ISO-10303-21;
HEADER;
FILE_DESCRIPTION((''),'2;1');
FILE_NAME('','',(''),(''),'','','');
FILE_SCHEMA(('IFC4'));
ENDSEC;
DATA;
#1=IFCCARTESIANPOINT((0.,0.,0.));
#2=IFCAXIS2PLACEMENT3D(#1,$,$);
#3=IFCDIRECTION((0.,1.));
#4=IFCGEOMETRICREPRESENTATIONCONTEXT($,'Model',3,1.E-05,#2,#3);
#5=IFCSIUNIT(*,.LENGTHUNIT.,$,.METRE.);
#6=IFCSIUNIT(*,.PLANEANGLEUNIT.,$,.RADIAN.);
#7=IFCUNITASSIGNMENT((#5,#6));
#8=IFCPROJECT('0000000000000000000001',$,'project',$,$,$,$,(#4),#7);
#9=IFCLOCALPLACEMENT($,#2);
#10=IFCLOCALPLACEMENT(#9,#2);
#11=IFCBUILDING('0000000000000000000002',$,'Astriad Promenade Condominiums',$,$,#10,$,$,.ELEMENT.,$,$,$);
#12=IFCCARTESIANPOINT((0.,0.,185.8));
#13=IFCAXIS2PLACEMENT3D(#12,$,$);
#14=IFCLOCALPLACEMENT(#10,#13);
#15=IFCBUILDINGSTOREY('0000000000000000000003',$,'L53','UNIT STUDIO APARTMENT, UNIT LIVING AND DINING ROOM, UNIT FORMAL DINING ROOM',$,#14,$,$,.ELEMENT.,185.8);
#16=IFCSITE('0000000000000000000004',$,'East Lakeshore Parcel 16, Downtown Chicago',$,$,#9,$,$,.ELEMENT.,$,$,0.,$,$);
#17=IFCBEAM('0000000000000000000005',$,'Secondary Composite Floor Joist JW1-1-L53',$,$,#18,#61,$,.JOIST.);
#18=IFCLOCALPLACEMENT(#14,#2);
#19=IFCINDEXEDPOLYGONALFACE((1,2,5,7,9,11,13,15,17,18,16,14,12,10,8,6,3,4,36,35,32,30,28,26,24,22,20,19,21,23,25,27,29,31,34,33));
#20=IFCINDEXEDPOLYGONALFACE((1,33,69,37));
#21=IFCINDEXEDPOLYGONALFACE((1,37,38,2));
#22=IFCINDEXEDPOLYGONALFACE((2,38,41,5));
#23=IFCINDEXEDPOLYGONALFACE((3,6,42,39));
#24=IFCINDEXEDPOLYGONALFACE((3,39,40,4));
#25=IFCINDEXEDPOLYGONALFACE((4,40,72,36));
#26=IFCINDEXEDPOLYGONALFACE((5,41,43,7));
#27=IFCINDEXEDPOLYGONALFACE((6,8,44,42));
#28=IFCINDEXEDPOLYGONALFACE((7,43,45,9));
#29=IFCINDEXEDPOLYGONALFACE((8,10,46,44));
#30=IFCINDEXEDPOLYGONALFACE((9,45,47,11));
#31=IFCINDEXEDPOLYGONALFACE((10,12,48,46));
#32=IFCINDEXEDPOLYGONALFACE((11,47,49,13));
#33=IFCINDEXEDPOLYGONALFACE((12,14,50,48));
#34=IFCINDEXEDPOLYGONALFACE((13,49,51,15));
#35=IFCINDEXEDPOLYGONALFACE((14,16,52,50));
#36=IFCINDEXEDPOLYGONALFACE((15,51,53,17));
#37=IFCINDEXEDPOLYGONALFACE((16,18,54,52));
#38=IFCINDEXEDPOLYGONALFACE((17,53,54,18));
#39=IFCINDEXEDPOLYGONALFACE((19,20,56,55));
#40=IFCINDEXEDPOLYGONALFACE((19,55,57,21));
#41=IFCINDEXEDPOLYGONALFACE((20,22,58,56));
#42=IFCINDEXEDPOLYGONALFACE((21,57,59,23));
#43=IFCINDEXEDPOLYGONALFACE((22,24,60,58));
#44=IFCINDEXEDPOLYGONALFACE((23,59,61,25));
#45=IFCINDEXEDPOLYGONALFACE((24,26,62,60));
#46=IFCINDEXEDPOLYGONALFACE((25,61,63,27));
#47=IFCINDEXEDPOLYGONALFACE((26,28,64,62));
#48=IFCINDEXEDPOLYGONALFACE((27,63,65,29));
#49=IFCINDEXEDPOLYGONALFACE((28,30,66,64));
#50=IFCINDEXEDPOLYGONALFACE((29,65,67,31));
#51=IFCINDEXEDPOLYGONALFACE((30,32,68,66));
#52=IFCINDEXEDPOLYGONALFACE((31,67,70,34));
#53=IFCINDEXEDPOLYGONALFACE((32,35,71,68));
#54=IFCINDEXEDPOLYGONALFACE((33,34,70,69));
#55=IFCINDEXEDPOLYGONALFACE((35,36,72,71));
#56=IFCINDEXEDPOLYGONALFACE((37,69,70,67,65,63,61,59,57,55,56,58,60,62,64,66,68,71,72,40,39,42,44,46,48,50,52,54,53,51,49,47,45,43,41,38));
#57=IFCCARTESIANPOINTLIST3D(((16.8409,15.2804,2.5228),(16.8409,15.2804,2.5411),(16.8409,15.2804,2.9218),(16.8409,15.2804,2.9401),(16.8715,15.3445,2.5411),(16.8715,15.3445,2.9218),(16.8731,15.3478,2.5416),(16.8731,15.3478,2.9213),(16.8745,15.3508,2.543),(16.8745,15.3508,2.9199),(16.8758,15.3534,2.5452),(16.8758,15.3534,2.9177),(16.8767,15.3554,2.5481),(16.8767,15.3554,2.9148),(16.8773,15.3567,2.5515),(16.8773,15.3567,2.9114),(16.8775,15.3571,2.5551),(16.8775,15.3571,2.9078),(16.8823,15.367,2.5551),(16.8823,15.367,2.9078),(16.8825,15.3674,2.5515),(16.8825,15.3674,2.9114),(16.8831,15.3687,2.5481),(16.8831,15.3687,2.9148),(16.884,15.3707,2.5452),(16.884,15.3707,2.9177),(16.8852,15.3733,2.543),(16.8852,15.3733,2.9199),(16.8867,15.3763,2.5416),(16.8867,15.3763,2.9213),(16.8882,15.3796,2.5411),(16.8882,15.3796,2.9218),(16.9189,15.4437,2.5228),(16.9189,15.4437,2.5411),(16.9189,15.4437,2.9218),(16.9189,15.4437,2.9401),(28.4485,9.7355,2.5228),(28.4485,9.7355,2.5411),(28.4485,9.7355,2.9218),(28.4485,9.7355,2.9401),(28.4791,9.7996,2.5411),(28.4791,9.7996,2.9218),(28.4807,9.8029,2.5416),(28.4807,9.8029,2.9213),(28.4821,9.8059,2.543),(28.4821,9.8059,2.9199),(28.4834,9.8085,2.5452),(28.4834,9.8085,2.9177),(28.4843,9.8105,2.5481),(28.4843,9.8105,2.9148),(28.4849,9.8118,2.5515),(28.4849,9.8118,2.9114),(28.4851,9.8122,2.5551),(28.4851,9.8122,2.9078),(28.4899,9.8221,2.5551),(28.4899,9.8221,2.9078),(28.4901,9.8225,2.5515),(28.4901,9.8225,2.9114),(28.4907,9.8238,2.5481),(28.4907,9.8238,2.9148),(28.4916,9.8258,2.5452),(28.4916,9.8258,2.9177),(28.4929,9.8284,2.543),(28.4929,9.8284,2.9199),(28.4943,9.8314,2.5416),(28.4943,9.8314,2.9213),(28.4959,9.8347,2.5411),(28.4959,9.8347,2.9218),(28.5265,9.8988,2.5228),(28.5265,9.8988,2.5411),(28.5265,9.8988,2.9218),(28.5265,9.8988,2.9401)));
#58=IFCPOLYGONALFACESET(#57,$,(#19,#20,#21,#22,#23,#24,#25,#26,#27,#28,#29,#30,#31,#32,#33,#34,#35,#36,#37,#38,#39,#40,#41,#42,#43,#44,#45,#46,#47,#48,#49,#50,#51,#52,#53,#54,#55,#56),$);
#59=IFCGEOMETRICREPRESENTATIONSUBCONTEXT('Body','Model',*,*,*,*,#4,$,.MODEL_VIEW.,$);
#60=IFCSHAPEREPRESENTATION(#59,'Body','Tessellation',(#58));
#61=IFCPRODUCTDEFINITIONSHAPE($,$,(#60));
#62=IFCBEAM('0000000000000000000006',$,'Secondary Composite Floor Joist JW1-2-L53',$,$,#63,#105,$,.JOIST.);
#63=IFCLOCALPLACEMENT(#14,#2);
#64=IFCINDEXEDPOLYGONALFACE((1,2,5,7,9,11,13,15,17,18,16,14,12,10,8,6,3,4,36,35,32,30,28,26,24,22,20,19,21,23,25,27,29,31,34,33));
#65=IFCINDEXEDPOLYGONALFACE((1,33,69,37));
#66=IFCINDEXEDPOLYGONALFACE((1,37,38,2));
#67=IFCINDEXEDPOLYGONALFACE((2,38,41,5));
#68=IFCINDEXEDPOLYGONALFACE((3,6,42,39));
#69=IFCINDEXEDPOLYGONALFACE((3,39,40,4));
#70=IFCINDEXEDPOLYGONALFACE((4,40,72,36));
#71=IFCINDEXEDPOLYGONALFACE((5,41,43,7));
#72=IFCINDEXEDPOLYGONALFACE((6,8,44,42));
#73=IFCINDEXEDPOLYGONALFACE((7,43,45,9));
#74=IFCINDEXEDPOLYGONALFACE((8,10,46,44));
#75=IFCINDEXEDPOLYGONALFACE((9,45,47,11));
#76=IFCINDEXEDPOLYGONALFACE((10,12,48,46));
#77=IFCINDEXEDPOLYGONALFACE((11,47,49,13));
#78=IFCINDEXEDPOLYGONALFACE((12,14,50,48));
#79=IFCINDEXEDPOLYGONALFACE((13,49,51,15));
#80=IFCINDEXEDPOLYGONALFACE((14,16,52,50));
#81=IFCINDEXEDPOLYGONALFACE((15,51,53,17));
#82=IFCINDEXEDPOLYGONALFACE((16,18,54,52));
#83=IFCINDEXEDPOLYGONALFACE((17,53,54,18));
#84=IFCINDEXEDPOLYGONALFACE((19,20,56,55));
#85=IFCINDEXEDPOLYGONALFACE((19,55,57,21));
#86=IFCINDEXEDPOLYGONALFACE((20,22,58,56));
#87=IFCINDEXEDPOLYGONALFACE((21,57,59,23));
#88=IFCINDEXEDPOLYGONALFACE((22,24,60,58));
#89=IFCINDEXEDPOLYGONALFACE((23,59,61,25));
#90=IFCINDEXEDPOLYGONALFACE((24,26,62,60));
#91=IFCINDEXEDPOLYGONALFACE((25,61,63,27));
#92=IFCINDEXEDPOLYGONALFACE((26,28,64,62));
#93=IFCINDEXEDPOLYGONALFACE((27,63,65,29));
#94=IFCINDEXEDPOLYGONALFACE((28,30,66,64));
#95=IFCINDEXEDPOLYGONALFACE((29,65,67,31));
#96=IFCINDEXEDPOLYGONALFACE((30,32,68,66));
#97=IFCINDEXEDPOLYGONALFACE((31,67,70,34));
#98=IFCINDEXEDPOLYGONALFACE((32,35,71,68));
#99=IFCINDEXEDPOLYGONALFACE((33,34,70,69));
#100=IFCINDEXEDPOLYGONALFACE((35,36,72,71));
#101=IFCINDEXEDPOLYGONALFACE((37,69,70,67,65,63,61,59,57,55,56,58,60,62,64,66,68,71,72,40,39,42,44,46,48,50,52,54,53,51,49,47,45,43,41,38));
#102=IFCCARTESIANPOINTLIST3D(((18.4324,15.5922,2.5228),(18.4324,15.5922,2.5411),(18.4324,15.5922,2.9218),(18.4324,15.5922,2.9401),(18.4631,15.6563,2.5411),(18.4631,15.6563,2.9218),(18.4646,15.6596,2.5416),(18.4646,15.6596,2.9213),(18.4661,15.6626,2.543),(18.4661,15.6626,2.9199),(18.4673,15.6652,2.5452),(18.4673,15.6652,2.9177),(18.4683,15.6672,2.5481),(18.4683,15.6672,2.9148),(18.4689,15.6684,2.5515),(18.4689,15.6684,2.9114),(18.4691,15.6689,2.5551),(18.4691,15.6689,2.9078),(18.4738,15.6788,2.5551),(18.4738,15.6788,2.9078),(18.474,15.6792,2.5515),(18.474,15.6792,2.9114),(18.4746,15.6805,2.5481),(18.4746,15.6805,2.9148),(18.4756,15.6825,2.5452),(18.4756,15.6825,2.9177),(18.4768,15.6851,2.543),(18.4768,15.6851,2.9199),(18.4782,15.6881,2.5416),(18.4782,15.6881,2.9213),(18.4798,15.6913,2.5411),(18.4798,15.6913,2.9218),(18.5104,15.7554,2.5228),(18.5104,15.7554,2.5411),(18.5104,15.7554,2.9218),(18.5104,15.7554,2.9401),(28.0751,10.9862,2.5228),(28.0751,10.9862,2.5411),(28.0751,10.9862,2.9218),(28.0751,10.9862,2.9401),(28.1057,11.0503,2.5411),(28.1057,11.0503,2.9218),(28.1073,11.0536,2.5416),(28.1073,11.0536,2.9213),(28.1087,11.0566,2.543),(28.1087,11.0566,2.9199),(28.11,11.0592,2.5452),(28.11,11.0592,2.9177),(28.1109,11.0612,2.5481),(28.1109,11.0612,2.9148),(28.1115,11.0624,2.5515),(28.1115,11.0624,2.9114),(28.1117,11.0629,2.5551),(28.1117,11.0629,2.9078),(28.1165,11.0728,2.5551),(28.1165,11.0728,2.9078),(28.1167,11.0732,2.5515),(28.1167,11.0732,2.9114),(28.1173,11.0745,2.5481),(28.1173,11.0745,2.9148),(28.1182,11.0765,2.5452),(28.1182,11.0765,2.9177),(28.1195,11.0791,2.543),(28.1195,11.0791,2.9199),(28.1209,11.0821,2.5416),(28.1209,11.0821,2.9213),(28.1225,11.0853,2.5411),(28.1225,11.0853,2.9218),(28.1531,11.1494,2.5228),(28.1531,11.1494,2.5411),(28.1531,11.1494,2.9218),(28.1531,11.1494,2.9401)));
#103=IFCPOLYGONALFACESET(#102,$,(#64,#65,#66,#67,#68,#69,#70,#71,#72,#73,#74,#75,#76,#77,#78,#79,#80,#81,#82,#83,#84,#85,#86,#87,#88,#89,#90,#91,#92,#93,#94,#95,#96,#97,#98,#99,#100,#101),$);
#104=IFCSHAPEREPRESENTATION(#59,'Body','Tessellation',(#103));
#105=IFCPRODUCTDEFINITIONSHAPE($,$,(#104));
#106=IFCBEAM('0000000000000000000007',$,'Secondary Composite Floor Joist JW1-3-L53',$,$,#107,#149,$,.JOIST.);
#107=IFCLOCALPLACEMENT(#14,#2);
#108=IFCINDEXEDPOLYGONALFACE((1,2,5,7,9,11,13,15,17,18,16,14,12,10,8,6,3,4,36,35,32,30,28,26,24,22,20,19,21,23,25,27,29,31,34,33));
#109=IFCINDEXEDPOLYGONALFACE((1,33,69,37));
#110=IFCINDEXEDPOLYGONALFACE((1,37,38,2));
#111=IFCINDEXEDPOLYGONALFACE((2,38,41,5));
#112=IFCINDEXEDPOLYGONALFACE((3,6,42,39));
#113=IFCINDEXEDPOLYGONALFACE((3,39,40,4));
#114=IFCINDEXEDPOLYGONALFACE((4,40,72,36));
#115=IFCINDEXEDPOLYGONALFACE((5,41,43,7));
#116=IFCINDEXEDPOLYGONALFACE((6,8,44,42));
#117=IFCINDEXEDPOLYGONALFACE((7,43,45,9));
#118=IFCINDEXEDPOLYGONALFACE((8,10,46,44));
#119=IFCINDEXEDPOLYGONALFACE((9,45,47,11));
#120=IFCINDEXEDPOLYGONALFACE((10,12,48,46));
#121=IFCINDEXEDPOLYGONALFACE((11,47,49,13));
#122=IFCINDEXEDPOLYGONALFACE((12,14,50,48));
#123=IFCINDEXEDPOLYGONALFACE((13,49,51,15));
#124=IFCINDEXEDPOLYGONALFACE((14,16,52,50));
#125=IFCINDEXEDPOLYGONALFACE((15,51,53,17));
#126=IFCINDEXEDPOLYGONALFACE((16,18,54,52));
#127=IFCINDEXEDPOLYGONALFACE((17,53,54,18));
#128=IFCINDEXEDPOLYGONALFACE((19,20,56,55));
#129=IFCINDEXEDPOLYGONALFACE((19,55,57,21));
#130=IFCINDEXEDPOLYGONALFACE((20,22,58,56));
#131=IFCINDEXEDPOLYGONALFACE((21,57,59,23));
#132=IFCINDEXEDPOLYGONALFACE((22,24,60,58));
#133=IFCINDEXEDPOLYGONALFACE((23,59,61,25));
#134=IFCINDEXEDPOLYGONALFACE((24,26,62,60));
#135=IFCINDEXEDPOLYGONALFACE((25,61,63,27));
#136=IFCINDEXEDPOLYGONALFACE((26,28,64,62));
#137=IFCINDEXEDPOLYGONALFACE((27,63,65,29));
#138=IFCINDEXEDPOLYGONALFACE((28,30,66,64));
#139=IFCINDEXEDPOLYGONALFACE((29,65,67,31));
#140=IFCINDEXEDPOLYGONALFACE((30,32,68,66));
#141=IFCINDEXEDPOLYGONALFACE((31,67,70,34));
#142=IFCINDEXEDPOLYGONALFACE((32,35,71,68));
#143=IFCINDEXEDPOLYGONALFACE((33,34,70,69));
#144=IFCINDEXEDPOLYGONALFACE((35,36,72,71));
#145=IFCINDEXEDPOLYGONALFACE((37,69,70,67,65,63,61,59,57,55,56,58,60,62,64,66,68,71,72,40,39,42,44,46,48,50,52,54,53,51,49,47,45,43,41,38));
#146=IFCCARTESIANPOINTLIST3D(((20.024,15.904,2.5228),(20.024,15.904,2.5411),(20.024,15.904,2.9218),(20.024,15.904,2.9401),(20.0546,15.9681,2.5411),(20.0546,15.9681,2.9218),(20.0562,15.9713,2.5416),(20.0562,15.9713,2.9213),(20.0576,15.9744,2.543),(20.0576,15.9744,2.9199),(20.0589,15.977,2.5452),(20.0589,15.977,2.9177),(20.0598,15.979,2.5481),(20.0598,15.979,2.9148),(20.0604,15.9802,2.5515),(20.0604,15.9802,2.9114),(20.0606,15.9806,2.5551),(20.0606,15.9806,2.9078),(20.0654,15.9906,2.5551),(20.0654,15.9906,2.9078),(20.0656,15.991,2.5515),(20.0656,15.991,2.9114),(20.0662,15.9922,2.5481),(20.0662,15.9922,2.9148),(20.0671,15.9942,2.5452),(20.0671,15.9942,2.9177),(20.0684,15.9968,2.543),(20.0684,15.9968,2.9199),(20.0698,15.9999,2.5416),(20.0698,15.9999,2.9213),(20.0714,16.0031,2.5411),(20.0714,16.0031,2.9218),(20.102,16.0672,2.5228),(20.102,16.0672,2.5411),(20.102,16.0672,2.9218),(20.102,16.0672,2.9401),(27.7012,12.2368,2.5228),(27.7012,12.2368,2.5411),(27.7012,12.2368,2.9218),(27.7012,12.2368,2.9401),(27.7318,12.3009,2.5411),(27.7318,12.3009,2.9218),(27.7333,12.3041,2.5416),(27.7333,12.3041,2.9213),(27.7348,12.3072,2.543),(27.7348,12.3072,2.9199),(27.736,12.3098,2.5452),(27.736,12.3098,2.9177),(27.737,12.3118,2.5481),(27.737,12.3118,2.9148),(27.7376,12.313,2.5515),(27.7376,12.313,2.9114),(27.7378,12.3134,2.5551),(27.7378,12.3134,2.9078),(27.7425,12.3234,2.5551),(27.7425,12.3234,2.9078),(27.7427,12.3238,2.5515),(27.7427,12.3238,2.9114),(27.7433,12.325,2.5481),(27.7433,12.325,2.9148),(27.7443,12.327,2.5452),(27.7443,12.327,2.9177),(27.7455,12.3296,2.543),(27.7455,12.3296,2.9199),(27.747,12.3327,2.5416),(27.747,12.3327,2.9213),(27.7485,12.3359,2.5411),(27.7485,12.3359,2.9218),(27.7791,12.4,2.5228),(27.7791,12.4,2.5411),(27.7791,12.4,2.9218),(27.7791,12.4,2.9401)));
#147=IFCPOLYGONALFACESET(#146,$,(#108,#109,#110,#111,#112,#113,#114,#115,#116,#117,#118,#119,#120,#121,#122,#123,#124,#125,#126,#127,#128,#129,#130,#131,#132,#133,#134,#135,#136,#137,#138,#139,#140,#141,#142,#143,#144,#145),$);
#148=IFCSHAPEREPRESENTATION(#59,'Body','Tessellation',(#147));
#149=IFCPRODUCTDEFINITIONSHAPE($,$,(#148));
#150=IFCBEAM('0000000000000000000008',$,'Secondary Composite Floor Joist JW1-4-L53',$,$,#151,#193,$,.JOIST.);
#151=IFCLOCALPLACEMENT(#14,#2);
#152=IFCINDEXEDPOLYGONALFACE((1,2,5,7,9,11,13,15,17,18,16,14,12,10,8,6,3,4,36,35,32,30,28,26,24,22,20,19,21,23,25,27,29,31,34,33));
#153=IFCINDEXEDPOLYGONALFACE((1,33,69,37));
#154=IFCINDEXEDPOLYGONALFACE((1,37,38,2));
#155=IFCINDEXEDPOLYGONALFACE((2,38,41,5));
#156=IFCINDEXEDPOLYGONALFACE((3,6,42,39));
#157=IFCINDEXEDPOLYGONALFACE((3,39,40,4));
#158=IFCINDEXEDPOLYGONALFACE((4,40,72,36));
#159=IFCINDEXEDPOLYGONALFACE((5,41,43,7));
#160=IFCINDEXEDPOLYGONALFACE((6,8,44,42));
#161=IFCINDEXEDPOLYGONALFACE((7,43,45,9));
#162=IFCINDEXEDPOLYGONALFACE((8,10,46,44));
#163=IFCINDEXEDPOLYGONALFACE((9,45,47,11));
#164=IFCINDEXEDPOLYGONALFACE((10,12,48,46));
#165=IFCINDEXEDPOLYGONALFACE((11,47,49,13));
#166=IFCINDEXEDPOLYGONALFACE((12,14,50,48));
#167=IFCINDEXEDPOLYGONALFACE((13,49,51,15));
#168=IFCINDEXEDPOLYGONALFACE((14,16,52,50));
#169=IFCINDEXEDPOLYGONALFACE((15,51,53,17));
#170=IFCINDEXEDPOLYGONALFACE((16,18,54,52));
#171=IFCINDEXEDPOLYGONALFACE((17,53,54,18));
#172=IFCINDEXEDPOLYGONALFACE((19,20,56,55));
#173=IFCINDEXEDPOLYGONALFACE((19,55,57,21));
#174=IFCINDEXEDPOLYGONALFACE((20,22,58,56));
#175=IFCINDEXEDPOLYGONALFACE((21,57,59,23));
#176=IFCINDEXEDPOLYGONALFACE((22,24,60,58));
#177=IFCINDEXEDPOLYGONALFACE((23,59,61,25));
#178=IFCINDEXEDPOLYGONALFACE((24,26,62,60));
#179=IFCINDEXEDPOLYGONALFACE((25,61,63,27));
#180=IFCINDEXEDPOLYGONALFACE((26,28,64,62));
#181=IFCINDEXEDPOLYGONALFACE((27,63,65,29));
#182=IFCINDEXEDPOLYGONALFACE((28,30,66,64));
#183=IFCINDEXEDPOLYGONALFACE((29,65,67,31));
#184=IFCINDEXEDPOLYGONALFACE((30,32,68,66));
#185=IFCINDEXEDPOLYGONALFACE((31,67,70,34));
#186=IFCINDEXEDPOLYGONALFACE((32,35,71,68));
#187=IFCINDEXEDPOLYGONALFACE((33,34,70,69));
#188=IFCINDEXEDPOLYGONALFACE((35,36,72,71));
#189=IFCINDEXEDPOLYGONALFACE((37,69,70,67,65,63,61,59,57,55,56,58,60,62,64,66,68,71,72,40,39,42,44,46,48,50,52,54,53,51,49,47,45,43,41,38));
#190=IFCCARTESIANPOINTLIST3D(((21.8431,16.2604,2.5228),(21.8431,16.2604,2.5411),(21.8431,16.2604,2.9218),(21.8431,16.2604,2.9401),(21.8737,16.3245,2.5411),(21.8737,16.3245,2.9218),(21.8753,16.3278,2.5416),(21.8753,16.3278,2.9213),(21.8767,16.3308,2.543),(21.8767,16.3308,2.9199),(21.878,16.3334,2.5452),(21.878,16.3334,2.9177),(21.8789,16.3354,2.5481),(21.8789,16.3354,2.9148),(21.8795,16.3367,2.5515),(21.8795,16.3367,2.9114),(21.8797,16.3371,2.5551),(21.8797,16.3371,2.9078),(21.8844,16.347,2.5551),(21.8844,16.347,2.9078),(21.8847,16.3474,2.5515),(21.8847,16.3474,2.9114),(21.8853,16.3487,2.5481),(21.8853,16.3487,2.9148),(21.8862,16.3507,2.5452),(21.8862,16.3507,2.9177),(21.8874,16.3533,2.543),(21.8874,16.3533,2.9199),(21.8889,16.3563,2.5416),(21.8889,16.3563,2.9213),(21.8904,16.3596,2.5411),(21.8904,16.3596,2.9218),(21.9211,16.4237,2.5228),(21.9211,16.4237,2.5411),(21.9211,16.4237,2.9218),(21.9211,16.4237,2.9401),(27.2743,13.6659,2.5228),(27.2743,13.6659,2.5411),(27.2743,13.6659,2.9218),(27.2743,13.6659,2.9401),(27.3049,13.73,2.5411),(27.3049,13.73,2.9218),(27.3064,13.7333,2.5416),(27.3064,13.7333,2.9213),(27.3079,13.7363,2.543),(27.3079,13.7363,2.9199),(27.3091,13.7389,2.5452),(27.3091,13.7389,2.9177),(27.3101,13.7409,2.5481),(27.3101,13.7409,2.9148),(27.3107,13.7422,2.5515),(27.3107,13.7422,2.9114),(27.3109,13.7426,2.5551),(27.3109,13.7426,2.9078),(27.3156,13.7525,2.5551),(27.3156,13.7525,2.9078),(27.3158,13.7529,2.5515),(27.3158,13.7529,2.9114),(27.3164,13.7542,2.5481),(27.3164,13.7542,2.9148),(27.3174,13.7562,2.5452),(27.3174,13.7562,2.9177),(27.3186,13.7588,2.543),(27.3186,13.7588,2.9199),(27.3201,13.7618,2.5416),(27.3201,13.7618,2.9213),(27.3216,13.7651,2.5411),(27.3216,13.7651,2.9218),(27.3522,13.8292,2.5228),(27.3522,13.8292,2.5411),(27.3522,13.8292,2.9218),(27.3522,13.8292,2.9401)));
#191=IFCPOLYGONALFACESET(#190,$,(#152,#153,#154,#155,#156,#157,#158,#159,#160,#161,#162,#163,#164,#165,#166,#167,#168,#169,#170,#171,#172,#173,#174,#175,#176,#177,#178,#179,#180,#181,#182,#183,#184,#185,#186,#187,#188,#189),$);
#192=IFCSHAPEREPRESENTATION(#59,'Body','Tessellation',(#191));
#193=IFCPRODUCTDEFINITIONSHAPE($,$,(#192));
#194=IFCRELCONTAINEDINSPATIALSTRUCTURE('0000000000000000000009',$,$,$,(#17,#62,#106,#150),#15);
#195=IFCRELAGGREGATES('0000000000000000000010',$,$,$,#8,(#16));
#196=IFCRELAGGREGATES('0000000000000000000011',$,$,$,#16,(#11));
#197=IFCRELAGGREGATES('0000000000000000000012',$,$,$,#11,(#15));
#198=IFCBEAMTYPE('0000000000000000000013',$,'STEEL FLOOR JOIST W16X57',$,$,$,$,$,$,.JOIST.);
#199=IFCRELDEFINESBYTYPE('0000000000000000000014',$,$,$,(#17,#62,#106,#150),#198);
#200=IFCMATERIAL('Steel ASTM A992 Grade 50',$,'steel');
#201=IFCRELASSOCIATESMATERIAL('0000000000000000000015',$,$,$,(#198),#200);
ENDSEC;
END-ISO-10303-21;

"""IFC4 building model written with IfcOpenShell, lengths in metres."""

from ifc_helpers import new_model, si_unit, direction, frame, origin, origin_2d, place, context, subcontext, project, spatial, i_section, extrude, source, transform, mapped, material, material_profile, profile_set, type_object, element, save


model = new_model("IFC4")

# Units and contexts
model_context = context("Model", 3, precision=1e-05, world=origin(), true_north=direction((0.0, 1.0)))
body_context = subcontext(model_context, "Body", "Model", "MODEL_VIEW")
ifc_project = project(units=[si_unit("LENGTHUNIT", "METRE"), si_unit("PLANEANGLEUNIT", "RADIAN")], contexts=[model_context])

# Site, building, storey
site_placement = place(None, origin())
site = spatial("IfcSite", under=ifc_project, at=site_placement, Name="East Lakeshore Parcel 16, Downtown Chicago", CompositionType="ELEMENT", RefElevation=0.0)
building_placement = place(site_placement, origin())
building = spatial("IfcBuilding", under=site, at=building_placement, Name="Astriad Promenade Condominiums", CompositionType="ELEMENT")
storey_placement = place(building_placement, frame((0.0, 0.0, 185.8)))
storey = spatial("IfcBuildingStorey", under=building, at=storey_placement, Name="L53", Description="UNIT STUDIO APARTMENT, UNIT LIVING AND DINING ROOM, UNIT FORMAL DINING ROOM", CompositionType="ELEMENT", Elevation=185.8)

# Beams
ifc_material_1 = material(Name="Steel ASTM A992 Grade 50", Category="steel")
ifc_material_profile_1 = material_profile(ifc_material_1, i_section(OverallWidth=0.1809, OverallDepth=0.4172, WebThickness=0.011, FlangeThickness=0.0183, FilletRadius=0.0139, at=origin_2d()), Name="W16X57")
ifc_profile_set_1 = profile_set([ifc_material_profile_1], Name="Steel ASTM A992 Grade 50")
beam_type_1 = type_object("IfcBeamType", Name="STEEL FLOOR JOIST W16X57", PredefinedType="JOIST", material=ifc_profile_set_1)
shared_shape_1 = source(origin(), body_context, "Body", "SweptSolid", [
    extrude(i_section(OverallWidth=0.1809, OverallDepth=0.4172, WebThickness=0.011, FlangeThickness=0.0183, FilletRadius=0.0139, at=origin_2d()), origin(), (0.0, 0.0, 1.0), 12.864),
])
beam_1_placement = place(storey_placement, frame((16.8799, 15.3621, 2.7314), z_axis=(0.902333, -0.43104, 0.0), x_axis=(0.43104, 0.902333, 0.0)))
element("IfcBeam", 1, at=beam_1_placement, inside=storey, type_object=beam_type_1, Name="Secondary Composite Floor Joist JW1-1-L53", PredefinedType="JOIST", context=body_context, shape_type="MappedRepresentation", body=[
    mapped(shared_shape_1, transform((0.0, 0.0, 0.0), scale=1.0)),
])
shared_shape_2 = source(origin(), body_context, "Body", "SweptSolid", [
    extrude(i_section(OverallWidth=0.1809, OverallDepth=0.4172, WebThickness=0.011, FlangeThickness=0.0183, FilletRadius=0.0139, at=origin_2d()), origin(), (0.0, 0.0, 1.0), 10.6863),
])
beam_2_placement = place(storey_placement, frame((18.4714, 15.6738, 2.7314), z_axis=(0.902342, -0.431021, 0.0), x_axis=(0.431021, 0.902342, 0.0)))
element("IfcBeam", 2, at=beam_2_placement, inside=storey, type_object=beam_type_1, Name="Secondary Composite Floor Joist JW1-2-L53", PredefinedType="JOIST", context=body_context, shape_type="MappedRepresentation", body=[
    mapped(shared_shape_2, transform((0.0, 0.0, 0.0), scale=1.0)),
])
shared_shape_3 = source(origin(), body_context, "Body", "SweptSolid", [
    extrude(i_section(OverallWidth=0.1809, OverallDepth=0.4172, WebThickness=0.011, FlangeThickness=0.0183, FilletRadius=0.0139, at=origin_2d()), origin(), (0.0, 0.0, 1.0), 8.5081),
])
beam_3_placement = place(storey_placement, frame((20.063, 15.9856, 2.7314), z_axis=(0.90234, -0.431026, 0.0), x_axis=(0.431026, 0.90234, 0.0)))
element("IfcBeam", 3, at=beam_3_placement, inside=storey, type_object=beam_type_1, Name="Secondary Composite Floor Joist JW1-3-L53", PredefinedType="JOIST", context=body_context, shape_type="MappedRepresentation", body=[
    mapped(shared_shape_3, transform((0.0, 0.0, 0.0), scale=1.0)),
])
shared_shape_4 = source(origin(), body_context, "Body", "SweptSolid", [
    extrude(i_section(OverallWidth=0.1809, OverallDepth=0.4172, WebThickness=0.011, FlangeThickness=0.0183, FilletRadius=0.0139, at=origin_2d()), origin(), (0.0, 0.0, 1.0), 6.019),
])
beam_4_placement = place(storey_placement, frame((21.8821, 16.342, 2.7314), z_axis=(0.90233, -0.431046, 0.0), x_axis=(0.431046, 0.90233, 0.0)))
element("IfcBeam", 4, at=beam_4_placement, inside=storey, type_object=beam_type_1, Name="Secondary Composite Floor Joist JW1-4-L53", PredefinedType="JOIST", context=body_context, shape_type="MappedRepresentation", body=[
    mapped(shared_shape_4, transform((0.0, 0.0, 0.0), scale=1.0)),
])

save(model, "model.ifc")
